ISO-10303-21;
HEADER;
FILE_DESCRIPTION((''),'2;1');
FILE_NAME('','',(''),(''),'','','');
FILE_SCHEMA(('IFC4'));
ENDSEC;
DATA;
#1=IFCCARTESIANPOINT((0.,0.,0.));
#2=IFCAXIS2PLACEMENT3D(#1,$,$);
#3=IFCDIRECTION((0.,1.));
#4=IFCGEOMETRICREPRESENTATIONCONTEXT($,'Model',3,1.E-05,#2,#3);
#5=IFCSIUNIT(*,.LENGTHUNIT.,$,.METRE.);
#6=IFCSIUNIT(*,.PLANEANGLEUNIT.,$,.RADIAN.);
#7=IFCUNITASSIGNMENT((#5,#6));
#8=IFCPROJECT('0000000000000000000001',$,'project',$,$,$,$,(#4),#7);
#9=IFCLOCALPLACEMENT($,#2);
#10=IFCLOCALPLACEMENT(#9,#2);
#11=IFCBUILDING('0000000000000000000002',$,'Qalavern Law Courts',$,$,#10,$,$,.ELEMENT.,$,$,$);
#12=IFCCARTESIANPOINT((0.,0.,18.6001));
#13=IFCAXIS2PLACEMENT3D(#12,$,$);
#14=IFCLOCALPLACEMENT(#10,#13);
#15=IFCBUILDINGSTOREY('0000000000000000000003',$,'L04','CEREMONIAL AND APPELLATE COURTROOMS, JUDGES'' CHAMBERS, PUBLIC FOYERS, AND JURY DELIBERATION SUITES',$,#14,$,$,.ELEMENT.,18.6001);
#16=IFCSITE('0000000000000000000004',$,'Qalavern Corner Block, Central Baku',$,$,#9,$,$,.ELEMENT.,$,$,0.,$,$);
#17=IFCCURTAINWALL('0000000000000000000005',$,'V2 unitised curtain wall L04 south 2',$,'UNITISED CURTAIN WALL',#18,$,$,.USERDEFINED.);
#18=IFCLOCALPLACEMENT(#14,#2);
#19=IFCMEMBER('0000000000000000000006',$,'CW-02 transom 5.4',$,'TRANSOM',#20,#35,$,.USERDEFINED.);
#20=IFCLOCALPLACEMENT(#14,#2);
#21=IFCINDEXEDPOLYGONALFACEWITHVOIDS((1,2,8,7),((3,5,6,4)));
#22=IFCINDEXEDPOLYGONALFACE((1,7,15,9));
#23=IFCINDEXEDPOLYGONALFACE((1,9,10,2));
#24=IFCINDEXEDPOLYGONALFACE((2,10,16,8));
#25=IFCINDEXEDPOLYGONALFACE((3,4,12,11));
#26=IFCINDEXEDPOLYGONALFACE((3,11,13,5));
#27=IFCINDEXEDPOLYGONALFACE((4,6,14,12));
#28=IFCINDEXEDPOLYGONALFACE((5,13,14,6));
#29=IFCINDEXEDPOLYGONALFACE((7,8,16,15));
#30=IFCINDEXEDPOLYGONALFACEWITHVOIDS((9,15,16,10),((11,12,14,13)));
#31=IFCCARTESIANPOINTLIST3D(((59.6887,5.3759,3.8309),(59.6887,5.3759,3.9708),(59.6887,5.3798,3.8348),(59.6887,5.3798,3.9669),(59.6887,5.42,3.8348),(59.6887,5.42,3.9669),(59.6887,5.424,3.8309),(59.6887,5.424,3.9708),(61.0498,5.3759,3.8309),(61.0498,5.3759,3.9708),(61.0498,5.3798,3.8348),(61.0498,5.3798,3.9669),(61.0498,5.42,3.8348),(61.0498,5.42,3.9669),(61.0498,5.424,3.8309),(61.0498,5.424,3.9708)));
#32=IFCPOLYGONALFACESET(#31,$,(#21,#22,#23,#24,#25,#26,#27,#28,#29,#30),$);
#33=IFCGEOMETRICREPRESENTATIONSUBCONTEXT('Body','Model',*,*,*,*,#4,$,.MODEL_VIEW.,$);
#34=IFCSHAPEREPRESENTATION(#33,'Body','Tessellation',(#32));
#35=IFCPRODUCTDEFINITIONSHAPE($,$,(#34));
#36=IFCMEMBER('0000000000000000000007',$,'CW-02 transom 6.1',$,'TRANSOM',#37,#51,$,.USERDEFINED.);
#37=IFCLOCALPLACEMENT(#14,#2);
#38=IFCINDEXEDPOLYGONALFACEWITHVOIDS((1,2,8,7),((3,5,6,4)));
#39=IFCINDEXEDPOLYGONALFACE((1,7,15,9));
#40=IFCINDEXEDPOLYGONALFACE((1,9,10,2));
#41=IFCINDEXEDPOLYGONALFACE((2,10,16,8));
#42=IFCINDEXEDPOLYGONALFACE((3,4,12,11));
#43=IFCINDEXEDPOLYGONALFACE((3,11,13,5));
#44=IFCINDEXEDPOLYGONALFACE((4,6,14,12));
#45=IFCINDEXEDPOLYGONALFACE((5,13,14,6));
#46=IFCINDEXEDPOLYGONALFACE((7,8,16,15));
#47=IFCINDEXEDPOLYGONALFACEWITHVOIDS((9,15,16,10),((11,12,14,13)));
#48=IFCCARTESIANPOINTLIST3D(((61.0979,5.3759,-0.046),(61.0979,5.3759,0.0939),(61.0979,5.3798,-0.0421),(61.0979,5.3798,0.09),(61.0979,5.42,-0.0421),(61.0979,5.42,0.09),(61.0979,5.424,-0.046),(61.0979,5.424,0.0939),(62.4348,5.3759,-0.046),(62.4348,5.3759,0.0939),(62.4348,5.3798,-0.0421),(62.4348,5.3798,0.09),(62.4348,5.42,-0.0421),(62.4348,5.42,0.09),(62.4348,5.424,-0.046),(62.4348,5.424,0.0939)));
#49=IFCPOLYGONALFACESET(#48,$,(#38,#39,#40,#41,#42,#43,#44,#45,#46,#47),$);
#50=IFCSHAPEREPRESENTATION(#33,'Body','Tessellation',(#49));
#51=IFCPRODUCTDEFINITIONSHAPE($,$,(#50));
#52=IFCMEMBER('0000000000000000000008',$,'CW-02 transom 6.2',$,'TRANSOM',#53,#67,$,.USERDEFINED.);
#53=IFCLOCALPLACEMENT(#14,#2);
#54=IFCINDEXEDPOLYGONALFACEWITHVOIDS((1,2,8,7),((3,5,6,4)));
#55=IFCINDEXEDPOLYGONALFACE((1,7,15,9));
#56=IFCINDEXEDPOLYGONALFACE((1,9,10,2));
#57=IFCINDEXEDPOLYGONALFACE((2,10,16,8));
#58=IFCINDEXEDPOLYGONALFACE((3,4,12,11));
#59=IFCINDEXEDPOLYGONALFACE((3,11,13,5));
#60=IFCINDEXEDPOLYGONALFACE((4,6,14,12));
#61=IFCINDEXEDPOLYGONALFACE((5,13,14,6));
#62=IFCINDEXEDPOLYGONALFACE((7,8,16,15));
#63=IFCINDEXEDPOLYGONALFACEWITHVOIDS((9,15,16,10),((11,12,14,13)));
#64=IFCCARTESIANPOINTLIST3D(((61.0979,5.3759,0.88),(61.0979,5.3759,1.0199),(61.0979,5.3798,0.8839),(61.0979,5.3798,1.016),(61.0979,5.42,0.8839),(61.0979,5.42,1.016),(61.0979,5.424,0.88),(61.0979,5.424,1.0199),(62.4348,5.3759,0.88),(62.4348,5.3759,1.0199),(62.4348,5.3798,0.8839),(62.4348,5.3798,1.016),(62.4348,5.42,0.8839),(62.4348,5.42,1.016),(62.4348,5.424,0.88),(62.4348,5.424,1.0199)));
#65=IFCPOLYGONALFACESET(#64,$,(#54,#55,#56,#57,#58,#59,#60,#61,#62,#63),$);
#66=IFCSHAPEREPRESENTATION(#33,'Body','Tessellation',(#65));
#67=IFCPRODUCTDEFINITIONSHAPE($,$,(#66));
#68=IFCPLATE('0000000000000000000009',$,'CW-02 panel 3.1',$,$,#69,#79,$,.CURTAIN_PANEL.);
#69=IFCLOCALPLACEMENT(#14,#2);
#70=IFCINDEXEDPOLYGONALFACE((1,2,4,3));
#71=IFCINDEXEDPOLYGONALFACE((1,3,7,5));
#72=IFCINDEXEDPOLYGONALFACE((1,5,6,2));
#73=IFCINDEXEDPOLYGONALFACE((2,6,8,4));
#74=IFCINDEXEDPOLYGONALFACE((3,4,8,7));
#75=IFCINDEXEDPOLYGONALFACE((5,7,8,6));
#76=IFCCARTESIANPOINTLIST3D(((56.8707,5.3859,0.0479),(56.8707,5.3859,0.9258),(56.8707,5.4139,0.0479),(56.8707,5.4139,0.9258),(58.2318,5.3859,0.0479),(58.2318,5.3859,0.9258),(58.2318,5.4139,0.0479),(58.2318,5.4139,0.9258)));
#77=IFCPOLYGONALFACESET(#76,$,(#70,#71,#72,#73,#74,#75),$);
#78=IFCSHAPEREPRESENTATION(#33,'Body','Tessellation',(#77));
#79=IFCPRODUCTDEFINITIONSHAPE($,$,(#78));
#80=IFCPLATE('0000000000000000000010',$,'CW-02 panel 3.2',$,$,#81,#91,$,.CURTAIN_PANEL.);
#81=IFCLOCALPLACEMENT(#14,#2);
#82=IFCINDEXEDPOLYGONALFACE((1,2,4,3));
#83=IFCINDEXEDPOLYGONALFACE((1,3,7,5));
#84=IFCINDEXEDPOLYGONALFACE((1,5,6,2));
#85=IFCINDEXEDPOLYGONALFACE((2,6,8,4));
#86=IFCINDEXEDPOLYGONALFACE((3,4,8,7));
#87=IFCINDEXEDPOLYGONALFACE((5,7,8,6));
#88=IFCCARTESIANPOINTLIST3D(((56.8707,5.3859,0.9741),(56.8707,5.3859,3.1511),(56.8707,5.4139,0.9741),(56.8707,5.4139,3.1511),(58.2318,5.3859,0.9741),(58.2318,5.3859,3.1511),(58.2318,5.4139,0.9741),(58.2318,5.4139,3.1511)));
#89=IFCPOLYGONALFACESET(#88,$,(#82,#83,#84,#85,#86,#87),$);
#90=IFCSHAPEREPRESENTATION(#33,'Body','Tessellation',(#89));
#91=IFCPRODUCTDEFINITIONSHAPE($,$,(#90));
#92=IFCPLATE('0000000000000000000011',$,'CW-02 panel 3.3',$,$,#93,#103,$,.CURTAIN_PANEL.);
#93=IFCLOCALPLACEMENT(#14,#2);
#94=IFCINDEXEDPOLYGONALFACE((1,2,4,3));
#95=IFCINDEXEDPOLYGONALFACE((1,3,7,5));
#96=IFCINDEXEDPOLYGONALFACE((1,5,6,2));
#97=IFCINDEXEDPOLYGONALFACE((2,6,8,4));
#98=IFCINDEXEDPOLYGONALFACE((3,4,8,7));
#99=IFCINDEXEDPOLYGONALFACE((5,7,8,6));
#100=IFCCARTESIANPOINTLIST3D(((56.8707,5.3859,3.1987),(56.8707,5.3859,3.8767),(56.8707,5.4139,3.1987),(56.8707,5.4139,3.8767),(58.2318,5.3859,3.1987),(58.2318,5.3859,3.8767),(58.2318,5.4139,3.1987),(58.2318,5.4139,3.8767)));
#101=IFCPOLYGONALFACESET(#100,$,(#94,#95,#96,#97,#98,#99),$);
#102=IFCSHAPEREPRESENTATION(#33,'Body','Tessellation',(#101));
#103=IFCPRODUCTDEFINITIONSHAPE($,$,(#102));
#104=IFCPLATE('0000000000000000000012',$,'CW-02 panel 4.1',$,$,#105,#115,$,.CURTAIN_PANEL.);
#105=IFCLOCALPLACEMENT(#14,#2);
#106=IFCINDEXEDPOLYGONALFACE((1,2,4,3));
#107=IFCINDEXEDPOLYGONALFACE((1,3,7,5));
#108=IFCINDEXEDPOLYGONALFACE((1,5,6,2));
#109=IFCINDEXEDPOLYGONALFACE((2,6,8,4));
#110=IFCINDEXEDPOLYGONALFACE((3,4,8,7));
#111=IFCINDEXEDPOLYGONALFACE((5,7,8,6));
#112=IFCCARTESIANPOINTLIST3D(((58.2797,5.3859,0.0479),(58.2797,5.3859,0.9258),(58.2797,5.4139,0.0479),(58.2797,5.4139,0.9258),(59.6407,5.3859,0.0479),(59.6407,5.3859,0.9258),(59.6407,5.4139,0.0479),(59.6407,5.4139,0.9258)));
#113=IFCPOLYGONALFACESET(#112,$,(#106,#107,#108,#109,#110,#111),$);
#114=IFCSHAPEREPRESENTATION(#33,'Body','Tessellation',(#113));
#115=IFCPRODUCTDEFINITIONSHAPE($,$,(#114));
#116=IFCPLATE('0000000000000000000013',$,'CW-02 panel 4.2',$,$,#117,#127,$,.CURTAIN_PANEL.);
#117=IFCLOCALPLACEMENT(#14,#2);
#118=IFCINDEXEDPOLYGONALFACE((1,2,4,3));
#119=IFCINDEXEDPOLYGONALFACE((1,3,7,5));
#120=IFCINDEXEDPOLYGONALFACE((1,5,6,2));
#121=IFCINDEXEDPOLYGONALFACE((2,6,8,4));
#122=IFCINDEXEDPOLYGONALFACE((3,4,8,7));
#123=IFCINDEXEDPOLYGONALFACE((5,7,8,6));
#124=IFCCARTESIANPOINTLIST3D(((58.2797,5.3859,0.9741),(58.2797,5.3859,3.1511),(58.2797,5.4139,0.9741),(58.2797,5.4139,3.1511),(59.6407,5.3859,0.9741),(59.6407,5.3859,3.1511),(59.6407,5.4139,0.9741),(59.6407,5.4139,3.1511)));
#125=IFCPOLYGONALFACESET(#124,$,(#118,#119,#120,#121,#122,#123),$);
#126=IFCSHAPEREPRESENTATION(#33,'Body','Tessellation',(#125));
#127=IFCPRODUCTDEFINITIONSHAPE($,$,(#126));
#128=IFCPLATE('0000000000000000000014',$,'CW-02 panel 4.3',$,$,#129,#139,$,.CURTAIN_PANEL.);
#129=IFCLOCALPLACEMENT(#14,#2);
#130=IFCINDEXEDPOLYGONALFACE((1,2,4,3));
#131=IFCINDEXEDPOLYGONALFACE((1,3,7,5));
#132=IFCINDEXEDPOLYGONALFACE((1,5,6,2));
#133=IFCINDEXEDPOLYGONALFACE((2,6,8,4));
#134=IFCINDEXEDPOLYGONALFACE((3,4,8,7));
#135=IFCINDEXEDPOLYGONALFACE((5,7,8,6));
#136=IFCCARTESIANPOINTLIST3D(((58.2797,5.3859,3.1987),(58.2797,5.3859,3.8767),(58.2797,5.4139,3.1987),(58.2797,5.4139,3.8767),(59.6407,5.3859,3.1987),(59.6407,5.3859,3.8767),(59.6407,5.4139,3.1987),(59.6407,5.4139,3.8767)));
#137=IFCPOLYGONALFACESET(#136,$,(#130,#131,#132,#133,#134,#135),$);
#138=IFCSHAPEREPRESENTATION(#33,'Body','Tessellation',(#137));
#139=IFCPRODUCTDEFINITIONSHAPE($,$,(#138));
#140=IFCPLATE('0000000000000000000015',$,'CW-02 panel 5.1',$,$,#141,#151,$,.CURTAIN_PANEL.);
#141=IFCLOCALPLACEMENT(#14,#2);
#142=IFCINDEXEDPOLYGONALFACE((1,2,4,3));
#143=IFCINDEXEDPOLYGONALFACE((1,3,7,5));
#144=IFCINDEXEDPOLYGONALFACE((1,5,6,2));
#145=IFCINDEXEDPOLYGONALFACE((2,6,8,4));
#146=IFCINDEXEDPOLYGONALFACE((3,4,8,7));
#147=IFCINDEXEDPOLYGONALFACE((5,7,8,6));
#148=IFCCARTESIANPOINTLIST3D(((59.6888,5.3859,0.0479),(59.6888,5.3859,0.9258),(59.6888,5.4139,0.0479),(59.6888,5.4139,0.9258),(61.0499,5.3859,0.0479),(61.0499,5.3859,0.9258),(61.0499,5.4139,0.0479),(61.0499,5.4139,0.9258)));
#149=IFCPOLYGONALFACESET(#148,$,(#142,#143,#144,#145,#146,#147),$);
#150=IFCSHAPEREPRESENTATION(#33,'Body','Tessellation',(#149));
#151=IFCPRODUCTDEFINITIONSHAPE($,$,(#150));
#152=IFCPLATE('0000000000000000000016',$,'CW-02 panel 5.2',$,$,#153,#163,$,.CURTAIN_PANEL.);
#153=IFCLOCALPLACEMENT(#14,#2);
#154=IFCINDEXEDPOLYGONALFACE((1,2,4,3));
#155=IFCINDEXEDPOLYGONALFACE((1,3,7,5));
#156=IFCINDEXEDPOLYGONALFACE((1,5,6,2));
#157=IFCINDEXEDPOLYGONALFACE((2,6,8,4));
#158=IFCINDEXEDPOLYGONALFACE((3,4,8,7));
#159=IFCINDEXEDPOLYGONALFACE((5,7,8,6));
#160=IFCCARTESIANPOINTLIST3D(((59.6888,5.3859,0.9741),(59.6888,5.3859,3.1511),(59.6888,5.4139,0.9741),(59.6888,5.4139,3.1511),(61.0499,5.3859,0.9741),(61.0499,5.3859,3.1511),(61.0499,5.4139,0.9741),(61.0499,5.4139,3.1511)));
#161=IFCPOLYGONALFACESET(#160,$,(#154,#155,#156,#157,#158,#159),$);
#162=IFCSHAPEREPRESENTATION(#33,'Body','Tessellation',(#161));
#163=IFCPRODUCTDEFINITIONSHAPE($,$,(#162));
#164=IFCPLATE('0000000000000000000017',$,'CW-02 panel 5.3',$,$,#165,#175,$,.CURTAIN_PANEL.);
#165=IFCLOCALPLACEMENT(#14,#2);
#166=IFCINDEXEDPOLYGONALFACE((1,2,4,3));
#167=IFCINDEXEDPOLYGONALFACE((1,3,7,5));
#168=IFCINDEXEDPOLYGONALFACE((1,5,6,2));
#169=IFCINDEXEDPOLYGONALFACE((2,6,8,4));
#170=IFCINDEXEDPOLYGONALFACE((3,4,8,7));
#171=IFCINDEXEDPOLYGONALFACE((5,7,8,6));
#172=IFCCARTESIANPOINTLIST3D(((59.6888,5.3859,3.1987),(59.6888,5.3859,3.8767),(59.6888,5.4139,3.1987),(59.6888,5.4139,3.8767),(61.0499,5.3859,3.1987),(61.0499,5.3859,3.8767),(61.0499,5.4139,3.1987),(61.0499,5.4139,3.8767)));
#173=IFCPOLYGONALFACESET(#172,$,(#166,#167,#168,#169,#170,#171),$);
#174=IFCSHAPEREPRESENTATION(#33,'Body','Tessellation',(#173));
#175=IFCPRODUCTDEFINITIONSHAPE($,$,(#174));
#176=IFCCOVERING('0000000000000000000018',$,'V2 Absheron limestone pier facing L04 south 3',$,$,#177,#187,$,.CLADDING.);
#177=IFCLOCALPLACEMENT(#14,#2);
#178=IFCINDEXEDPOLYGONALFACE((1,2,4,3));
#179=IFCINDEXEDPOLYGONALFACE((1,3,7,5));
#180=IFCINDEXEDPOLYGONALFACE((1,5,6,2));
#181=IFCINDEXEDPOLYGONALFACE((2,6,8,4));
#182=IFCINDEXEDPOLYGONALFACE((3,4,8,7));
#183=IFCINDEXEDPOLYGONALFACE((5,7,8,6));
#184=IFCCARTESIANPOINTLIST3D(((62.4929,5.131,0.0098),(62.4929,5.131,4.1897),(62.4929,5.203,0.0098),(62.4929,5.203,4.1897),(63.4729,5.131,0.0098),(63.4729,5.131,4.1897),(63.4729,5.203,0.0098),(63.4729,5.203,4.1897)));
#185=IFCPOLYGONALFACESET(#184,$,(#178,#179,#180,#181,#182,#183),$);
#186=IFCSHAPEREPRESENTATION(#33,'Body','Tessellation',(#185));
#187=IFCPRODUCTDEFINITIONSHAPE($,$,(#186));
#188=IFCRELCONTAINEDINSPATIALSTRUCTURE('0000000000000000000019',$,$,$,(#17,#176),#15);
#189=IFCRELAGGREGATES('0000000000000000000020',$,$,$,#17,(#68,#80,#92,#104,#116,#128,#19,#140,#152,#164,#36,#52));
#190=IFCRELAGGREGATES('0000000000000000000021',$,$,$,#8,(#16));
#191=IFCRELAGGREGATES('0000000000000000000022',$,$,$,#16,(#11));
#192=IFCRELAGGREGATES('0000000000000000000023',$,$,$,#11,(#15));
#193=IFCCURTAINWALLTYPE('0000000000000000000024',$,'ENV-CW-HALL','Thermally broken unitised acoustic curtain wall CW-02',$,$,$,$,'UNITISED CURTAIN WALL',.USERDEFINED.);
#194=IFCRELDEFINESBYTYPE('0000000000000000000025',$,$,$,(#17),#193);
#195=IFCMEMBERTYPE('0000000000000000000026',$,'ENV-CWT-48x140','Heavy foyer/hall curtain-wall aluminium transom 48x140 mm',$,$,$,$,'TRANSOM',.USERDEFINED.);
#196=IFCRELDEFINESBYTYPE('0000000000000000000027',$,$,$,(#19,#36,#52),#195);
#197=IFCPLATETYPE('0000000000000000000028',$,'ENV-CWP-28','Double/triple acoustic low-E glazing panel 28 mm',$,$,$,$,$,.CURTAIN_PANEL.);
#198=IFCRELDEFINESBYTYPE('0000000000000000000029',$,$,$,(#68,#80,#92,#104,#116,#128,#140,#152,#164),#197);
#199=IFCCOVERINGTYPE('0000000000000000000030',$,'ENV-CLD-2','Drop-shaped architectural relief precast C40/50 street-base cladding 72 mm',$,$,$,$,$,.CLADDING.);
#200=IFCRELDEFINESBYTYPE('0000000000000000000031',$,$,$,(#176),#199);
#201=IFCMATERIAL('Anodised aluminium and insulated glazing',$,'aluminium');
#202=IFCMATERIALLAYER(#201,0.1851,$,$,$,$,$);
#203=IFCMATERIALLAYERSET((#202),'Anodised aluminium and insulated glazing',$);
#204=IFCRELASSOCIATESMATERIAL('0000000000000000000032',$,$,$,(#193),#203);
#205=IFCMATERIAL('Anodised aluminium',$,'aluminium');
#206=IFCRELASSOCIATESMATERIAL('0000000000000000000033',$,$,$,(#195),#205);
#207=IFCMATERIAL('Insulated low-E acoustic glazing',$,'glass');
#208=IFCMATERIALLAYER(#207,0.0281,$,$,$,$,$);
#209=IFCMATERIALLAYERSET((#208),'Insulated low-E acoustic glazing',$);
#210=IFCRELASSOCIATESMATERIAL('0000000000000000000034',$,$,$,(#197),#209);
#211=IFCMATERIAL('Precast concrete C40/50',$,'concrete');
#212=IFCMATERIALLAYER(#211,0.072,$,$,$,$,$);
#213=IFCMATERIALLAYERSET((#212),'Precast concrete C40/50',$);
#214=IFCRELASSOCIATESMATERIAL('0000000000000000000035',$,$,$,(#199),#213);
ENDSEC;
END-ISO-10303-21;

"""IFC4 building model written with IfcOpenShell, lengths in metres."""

from ifc_helpers import new_model, si_unit, direction, frame, origin, origin_2d, place, context, subcontext, project, spatial, rectangle, hollow_rectangle, extrude, material, layer, layer_set, material_profile, profile_set, type_object, element, aggregate, save


model = new_model("IFC4")

# Units and contexts
model_context = context("Model", 3, precision=1e-05, world=origin(), true_north=direction((0.0, 1.0)))
body_context = subcontext(model_context, "Body", "Model", "MODEL_VIEW")
ifc_project = project(units=[si_unit("LENGTHUNIT", "METRE"), si_unit("PLANEANGLEUNIT", "RADIAN")], contexts=[model_context])

# Site, building, storey
site_placement = place(None, origin())
site = spatial("IfcSite", under=ifc_project, at=site_placement, Name="Qalavern Corner Block, Central Baku", CompositionType="ELEMENT", RefElevation=0.0)
building_placement = place(site_placement, origin())
building = spatial("IfcBuilding", under=site, at=building_placement, Name="Qalavern Law Courts", CompositionType="ELEMENT")
storey_placement = place(building_placement, frame((0.0, 0.0, 18.6001)))
storey = spatial("IfcBuildingStorey", under=building, at=storey_placement, Name="L04", Description="CEREMONIAL AND APPELLATE COURTROOMS, JUDGES' CHAMBERS, PUBLIC FOYERS, AND JURY DELIBERATION SUITES", CompositionType="ELEMENT", Elevation=18.6001)

# Curtain wall, members, plates
ifc_material_1 = material(Name="Anodised aluminium and insulated glazing", Category="aluminium")
ifc_layer_1 = layer(ifc_material_1, 0.1851)
ifc_layer_set_1 = layer_set([ifc_layer_1], Name="Anodised aluminium and insulated glazing")
curtain_wall_type = type_object("IfcCurtainWallType", Name="ENV-CW-HALL", Description="Thermally broken unitised acoustic curtain wall CW-02", ElementType="UNITISED CURTAIN WALL", PredefinedType="USERDEFINED", material=ifc_layer_set_1)
curtain_wall_placement = place(storey_placement, origin())
curtain_wall = element("IfcCurtainWall", 1, at=curtain_wall_placement, inside=storey, type_object=curtain_wall_type, Name="V2 unitised curtain wall L04 south 2", ObjectType="UNITISED CURTAIN WALL", PredefinedType="USERDEFINED")
ifc_material_2 = material(Name="Anodised aluminium", Category="aluminium")
ifc_material_profile_1 = material_profile(ifc_material_2, hollow_rectangle(XDim=0.0481, YDim=0.1399, WallThickness=0.0039, at=origin_2d()), Name="ALU TRANSOM 48x140")
ifc_profile_set_1 = profile_set([ifc_material_profile_1], Name="Anodised aluminium")
member_type_1 = type_object("IfcMemberType", Name="ENV-CWT-48x140", Description="Heavy foyer/hall curtain-wall aluminium transom 48x140 mm", ElementType="TRANSOM", PredefinedType="USERDEFINED", material=ifc_profile_set_1)
member_1_placement = place(storey_placement, frame((59.6887, 5.3999, 3.9009), z_axis=(1.0, 0.0, 0.0), x_axis=(0.0, 1.0, 0.0)))
member_1 = element("IfcMember", 2, at=member_1_placement, type_object=member_type_1, Name="CW-02 transom 5.4", ObjectType="TRANSOM", PredefinedType="USERDEFINED", context=body_context, shape_type="SweptSolid", body=[
    extrude(hollow_rectangle(XDim=0.0481, YDim=0.1399, WallThickness=0.0039, at=origin_2d()), origin(), (0.0, 0.0, 1.0), 1.3611),
])
member_2_placement = place(storey_placement, frame((61.0979, 5.3999, 0.0239), z_axis=(1.0, 0.0, 0.0), x_axis=(0.0, 1.0, 0.0)))
member_2 = element("IfcMember", 3, at=member_2_placement, type_object=member_type_1, Name="CW-02 transom 6.1", ObjectType="TRANSOM", PredefinedType="USERDEFINED", context=body_context, shape_type="SweptSolid", body=[
    extrude(hollow_rectangle(XDim=0.0481, YDim=0.1399, WallThickness=0.0039, at=origin_2d()), origin(), (0.0, 0.0, 1.0), 1.3369),
])
member_3_placement = place(storey_placement, frame((61.0979, 5.3999, 0.95), z_axis=(1.0, 0.0, 0.0), x_axis=(0.0, 1.0, 0.0)))
member_3 = element("IfcMember", 4, at=member_3_placement, type_object=member_type_1, Name="CW-02 transom 6.2", ObjectType="TRANSOM", PredefinedType="USERDEFINED", context=body_context, shape_type="SweptSolid", body=[
    extrude(hollow_rectangle(XDim=0.0481, YDim=0.1399, WallThickness=0.0039, at=origin_2d()), origin(), (0.0, 0.0, 1.0), 1.3369),
])
ifc_material_3 = material(Name="Insulated low-E acoustic glazing", Category="glass")
ifc_layer_2 = layer(ifc_material_3, 0.0281)
ifc_layer_set_2 = layer_set([ifc_layer_2], Name="Insulated low-E acoustic glazing")
plate_type = type_object("IfcPlateType", Name="ENV-CWP-28", Description="Double/triple acoustic low-E glazing panel 28 mm", PredefinedType="CURTAIN_PANEL", material=ifc_layer_set_2)
plate_1_placement = place(storey_placement, frame((57.5513, 5.3999, 0.0479), z_axis=(0.0, 0.0, 1.0), x_axis=(1.0, 0.0, 0.0)))
plate_1 = element("IfcPlate", 5, at=plate_1_placement, type_object=plate_type, Name="CW-02 panel 3.1", PredefinedType="CURTAIN_PANEL", context=body_context, shape_type="SweptSolid", body=[
    extrude(rectangle(XDim=1.3611, YDim=0.0281, at=origin_2d()), origin(), (0.0, 0.0, 1.0), 0.8779),
])
plate_2_placement = place(storey_placement, frame((57.5513, 5.3999, 0.9741), z_axis=(0.0, 0.0, 1.0), x_axis=(1.0, 0.0, 0.0)))
plate_2 = element("IfcPlate", 6, at=plate_2_placement, type_object=plate_type, Name="CW-02 panel 3.2", PredefinedType="CURTAIN_PANEL", context=body_context, shape_type="SweptSolid", body=[
    extrude(rectangle(XDim=1.3611, YDim=0.0281, at=origin_2d()), origin(), (0.0, 0.0, 1.0), 2.177),
])
plate_3_placement = place(storey_placement, frame((57.5513, 5.3999, 3.1987), z_axis=(0.0, 0.0, 1.0), x_axis=(1.0, 0.0, 0.0)))
plate_3 = element("IfcPlate", 7, at=plate_3_placement, type_object=plate_type, Name="CW-02 panel 3.3", PredefinedType="CURTAIN_PANEL", context=body_context, shape_type="SweptSolid", body=[
    extrude(rectangle(XDim=1.3611, YDim=0.0281, at=origin_2d()), origin(), (0.0, 0.0, 1.0), 0.678),
])
plate_4_placement = place(storey_placement, frame((58.9602, 5.3999, 0.0479), z_axis=(0.0, 0.0, 1.0), x_axis=(1.0, 0.0, 0.0)))
plate_4 = element("IfcPlate", 8, at=plate_4_placement, type_object=plate_type, Name="CW-02 panel 4.1", PredefinedType="CURTAIN_PANEL", context=body_context, shape_type="SweptSolid", body=[
    extrude(rectangle(XDim=1.3611, YDim=0.0281, at=origin_2d()), origin(), (0.0, 0.0, 1.0), 0.8779),
])
plate_5_placement = place(storey_placement, frame((58.9602, 5.3999, 0.9741), z_axis=(0.0, 0.0, 1.0), x_axis=(1.0, 0.0, 0.0)))
plate_5 = element("IfcPlate", 9, at=plate_5_placement, type_object=plate_type, Name="CW-02 panel 4.2", PredefinedType="CURTAIN_PANEL", context=body_context, shape_type="SweptSolid", body=[
    extrude(rectangle(XDim=1.3611, YDim=0.0281, at=origin_2d()), origin(), (0.0, 0.0, 1.0), 2.177),
])
plate_6_placement = place(storey_placement, frame((58.9602, 5.3999, 3.1987), z_axis=(0.0, 0.0, 1.0), x_axis=(1.0, 0.0, 0.0)))
plate_6 = element("IfcPlate", 10, at=plate_6_placement, type_object=plate_type, Name="CW-02 panel 4.3", PredefinedType="CURTAIN_PANEL", context=body_context, shape_type="SweptSolid", body=[
    extrude(rectangle(XDim=1.3611, YDim=0.0281, at=origin_2d()), origin(), (0.0, 0.0, 1.0), 0.678),
])
plate_7_placement = place(storey_placement, frame((60.3694, 5.3999, 0.0479), z_axis=(0.0, 0.0, 1.0), x_axis=(1.0, 0.0, 0.0)))
plate_7 = element("IfcPlate", 11, at=plate_7_placement, type_object=plate_type, Name="CW-02 panel 5.1", PredefinedType="CURTAIN_PANEL", context=body_context, shape_type="SweptSolid", body=[
    extrude(rectangle(XDim=1.3611, YDim=0.0281, at=origin_2d()), origin(), (0.0, 0.0, 1.0), 0.8779),
])
plate_8_placement = place(storey_placement, frame((60.3694, 5.3999, 0.9741), z_axis=(0.0, 0.0, 1.0), x_axis=(1.0, 0.0, 0.0)))
plate_8 = element("IfcPlate", 12, at=plate_8_placement, type_object=plate_type, Name="CW-02 panel 5.2", PredefinedType="CURTAIN_PANEL", context=body_context, shape_type="SweptSolid", body=[
    extrude(rectangle(XDim=1.3611, YDim=0.0281, at=origin_2d()), origin(), (0.0, 0.0, 1.0), 2.177),
])
plate_9_placement = place(storey_placement, frame((60.3694, 5.3999, 3.1987), z_axis=(0.0, 0.0, 1.0), x_axis=(1.0, 0.0, 0.0)))
plate_9 = element("IfcPlate", 13, at=plate_9_placement, type_object=plate_type, Name="CW-02 panel 5.3", PredefinedType="CURTAIN_PANEL", context=body_context, shape_type="SweptSolid", body=[
    extrude(rectangle(XDim=1.3611, YDim=0.0281, at=origin_2d()), origin(), (0.0, 0.0, 1.0), 0.678),
])
aggregate(curtain_wall, [plate_1, plate_2, plate_3, plate_4, plate_5, plate_6, member_1, plate_7, plate_8, plate_9, member_2, member_3])

# Covering
ifc_material_4 = material(Name="Precast concrete C40/50", Category="concrete")
ifc_layer_3 = layer(ifc_material_4, 0.072)
ifc_layer_set_3 = layer_set([ifc_layer_3], Name="Precast concrete C40/50")
covering_type = type_object("IfcCoveringType", Name="ENV-CLD-2", Description="Drop-shaped architectural relief precast C40/50 street-base cladding 72 mm", PredefinedType="CLADDING", material=ifc_layer_set_3)
covering_placement = place(storey_placement, frame((62.9829, 5.167, 0.0098), z_axis=(0.0, 0.0, 1.0), x_axis=(1.0, 0.0, 0.0)))
element("IfcCovering", 14, at=covering_placement, inside=storey, type_object=covering_type, Name="V2 Absheron limestone pier facing L04 south 3", PredefinedType="CLADDING", context=body_context, shape_type="SweptSolid", body=[
    extrude(rectangle(XDim=0.98, YDim=0.072, at=origin_2d()), origin(), (0.0, 0.0, 1.0), 4.1799),
])

save(model, "model.ifc")
